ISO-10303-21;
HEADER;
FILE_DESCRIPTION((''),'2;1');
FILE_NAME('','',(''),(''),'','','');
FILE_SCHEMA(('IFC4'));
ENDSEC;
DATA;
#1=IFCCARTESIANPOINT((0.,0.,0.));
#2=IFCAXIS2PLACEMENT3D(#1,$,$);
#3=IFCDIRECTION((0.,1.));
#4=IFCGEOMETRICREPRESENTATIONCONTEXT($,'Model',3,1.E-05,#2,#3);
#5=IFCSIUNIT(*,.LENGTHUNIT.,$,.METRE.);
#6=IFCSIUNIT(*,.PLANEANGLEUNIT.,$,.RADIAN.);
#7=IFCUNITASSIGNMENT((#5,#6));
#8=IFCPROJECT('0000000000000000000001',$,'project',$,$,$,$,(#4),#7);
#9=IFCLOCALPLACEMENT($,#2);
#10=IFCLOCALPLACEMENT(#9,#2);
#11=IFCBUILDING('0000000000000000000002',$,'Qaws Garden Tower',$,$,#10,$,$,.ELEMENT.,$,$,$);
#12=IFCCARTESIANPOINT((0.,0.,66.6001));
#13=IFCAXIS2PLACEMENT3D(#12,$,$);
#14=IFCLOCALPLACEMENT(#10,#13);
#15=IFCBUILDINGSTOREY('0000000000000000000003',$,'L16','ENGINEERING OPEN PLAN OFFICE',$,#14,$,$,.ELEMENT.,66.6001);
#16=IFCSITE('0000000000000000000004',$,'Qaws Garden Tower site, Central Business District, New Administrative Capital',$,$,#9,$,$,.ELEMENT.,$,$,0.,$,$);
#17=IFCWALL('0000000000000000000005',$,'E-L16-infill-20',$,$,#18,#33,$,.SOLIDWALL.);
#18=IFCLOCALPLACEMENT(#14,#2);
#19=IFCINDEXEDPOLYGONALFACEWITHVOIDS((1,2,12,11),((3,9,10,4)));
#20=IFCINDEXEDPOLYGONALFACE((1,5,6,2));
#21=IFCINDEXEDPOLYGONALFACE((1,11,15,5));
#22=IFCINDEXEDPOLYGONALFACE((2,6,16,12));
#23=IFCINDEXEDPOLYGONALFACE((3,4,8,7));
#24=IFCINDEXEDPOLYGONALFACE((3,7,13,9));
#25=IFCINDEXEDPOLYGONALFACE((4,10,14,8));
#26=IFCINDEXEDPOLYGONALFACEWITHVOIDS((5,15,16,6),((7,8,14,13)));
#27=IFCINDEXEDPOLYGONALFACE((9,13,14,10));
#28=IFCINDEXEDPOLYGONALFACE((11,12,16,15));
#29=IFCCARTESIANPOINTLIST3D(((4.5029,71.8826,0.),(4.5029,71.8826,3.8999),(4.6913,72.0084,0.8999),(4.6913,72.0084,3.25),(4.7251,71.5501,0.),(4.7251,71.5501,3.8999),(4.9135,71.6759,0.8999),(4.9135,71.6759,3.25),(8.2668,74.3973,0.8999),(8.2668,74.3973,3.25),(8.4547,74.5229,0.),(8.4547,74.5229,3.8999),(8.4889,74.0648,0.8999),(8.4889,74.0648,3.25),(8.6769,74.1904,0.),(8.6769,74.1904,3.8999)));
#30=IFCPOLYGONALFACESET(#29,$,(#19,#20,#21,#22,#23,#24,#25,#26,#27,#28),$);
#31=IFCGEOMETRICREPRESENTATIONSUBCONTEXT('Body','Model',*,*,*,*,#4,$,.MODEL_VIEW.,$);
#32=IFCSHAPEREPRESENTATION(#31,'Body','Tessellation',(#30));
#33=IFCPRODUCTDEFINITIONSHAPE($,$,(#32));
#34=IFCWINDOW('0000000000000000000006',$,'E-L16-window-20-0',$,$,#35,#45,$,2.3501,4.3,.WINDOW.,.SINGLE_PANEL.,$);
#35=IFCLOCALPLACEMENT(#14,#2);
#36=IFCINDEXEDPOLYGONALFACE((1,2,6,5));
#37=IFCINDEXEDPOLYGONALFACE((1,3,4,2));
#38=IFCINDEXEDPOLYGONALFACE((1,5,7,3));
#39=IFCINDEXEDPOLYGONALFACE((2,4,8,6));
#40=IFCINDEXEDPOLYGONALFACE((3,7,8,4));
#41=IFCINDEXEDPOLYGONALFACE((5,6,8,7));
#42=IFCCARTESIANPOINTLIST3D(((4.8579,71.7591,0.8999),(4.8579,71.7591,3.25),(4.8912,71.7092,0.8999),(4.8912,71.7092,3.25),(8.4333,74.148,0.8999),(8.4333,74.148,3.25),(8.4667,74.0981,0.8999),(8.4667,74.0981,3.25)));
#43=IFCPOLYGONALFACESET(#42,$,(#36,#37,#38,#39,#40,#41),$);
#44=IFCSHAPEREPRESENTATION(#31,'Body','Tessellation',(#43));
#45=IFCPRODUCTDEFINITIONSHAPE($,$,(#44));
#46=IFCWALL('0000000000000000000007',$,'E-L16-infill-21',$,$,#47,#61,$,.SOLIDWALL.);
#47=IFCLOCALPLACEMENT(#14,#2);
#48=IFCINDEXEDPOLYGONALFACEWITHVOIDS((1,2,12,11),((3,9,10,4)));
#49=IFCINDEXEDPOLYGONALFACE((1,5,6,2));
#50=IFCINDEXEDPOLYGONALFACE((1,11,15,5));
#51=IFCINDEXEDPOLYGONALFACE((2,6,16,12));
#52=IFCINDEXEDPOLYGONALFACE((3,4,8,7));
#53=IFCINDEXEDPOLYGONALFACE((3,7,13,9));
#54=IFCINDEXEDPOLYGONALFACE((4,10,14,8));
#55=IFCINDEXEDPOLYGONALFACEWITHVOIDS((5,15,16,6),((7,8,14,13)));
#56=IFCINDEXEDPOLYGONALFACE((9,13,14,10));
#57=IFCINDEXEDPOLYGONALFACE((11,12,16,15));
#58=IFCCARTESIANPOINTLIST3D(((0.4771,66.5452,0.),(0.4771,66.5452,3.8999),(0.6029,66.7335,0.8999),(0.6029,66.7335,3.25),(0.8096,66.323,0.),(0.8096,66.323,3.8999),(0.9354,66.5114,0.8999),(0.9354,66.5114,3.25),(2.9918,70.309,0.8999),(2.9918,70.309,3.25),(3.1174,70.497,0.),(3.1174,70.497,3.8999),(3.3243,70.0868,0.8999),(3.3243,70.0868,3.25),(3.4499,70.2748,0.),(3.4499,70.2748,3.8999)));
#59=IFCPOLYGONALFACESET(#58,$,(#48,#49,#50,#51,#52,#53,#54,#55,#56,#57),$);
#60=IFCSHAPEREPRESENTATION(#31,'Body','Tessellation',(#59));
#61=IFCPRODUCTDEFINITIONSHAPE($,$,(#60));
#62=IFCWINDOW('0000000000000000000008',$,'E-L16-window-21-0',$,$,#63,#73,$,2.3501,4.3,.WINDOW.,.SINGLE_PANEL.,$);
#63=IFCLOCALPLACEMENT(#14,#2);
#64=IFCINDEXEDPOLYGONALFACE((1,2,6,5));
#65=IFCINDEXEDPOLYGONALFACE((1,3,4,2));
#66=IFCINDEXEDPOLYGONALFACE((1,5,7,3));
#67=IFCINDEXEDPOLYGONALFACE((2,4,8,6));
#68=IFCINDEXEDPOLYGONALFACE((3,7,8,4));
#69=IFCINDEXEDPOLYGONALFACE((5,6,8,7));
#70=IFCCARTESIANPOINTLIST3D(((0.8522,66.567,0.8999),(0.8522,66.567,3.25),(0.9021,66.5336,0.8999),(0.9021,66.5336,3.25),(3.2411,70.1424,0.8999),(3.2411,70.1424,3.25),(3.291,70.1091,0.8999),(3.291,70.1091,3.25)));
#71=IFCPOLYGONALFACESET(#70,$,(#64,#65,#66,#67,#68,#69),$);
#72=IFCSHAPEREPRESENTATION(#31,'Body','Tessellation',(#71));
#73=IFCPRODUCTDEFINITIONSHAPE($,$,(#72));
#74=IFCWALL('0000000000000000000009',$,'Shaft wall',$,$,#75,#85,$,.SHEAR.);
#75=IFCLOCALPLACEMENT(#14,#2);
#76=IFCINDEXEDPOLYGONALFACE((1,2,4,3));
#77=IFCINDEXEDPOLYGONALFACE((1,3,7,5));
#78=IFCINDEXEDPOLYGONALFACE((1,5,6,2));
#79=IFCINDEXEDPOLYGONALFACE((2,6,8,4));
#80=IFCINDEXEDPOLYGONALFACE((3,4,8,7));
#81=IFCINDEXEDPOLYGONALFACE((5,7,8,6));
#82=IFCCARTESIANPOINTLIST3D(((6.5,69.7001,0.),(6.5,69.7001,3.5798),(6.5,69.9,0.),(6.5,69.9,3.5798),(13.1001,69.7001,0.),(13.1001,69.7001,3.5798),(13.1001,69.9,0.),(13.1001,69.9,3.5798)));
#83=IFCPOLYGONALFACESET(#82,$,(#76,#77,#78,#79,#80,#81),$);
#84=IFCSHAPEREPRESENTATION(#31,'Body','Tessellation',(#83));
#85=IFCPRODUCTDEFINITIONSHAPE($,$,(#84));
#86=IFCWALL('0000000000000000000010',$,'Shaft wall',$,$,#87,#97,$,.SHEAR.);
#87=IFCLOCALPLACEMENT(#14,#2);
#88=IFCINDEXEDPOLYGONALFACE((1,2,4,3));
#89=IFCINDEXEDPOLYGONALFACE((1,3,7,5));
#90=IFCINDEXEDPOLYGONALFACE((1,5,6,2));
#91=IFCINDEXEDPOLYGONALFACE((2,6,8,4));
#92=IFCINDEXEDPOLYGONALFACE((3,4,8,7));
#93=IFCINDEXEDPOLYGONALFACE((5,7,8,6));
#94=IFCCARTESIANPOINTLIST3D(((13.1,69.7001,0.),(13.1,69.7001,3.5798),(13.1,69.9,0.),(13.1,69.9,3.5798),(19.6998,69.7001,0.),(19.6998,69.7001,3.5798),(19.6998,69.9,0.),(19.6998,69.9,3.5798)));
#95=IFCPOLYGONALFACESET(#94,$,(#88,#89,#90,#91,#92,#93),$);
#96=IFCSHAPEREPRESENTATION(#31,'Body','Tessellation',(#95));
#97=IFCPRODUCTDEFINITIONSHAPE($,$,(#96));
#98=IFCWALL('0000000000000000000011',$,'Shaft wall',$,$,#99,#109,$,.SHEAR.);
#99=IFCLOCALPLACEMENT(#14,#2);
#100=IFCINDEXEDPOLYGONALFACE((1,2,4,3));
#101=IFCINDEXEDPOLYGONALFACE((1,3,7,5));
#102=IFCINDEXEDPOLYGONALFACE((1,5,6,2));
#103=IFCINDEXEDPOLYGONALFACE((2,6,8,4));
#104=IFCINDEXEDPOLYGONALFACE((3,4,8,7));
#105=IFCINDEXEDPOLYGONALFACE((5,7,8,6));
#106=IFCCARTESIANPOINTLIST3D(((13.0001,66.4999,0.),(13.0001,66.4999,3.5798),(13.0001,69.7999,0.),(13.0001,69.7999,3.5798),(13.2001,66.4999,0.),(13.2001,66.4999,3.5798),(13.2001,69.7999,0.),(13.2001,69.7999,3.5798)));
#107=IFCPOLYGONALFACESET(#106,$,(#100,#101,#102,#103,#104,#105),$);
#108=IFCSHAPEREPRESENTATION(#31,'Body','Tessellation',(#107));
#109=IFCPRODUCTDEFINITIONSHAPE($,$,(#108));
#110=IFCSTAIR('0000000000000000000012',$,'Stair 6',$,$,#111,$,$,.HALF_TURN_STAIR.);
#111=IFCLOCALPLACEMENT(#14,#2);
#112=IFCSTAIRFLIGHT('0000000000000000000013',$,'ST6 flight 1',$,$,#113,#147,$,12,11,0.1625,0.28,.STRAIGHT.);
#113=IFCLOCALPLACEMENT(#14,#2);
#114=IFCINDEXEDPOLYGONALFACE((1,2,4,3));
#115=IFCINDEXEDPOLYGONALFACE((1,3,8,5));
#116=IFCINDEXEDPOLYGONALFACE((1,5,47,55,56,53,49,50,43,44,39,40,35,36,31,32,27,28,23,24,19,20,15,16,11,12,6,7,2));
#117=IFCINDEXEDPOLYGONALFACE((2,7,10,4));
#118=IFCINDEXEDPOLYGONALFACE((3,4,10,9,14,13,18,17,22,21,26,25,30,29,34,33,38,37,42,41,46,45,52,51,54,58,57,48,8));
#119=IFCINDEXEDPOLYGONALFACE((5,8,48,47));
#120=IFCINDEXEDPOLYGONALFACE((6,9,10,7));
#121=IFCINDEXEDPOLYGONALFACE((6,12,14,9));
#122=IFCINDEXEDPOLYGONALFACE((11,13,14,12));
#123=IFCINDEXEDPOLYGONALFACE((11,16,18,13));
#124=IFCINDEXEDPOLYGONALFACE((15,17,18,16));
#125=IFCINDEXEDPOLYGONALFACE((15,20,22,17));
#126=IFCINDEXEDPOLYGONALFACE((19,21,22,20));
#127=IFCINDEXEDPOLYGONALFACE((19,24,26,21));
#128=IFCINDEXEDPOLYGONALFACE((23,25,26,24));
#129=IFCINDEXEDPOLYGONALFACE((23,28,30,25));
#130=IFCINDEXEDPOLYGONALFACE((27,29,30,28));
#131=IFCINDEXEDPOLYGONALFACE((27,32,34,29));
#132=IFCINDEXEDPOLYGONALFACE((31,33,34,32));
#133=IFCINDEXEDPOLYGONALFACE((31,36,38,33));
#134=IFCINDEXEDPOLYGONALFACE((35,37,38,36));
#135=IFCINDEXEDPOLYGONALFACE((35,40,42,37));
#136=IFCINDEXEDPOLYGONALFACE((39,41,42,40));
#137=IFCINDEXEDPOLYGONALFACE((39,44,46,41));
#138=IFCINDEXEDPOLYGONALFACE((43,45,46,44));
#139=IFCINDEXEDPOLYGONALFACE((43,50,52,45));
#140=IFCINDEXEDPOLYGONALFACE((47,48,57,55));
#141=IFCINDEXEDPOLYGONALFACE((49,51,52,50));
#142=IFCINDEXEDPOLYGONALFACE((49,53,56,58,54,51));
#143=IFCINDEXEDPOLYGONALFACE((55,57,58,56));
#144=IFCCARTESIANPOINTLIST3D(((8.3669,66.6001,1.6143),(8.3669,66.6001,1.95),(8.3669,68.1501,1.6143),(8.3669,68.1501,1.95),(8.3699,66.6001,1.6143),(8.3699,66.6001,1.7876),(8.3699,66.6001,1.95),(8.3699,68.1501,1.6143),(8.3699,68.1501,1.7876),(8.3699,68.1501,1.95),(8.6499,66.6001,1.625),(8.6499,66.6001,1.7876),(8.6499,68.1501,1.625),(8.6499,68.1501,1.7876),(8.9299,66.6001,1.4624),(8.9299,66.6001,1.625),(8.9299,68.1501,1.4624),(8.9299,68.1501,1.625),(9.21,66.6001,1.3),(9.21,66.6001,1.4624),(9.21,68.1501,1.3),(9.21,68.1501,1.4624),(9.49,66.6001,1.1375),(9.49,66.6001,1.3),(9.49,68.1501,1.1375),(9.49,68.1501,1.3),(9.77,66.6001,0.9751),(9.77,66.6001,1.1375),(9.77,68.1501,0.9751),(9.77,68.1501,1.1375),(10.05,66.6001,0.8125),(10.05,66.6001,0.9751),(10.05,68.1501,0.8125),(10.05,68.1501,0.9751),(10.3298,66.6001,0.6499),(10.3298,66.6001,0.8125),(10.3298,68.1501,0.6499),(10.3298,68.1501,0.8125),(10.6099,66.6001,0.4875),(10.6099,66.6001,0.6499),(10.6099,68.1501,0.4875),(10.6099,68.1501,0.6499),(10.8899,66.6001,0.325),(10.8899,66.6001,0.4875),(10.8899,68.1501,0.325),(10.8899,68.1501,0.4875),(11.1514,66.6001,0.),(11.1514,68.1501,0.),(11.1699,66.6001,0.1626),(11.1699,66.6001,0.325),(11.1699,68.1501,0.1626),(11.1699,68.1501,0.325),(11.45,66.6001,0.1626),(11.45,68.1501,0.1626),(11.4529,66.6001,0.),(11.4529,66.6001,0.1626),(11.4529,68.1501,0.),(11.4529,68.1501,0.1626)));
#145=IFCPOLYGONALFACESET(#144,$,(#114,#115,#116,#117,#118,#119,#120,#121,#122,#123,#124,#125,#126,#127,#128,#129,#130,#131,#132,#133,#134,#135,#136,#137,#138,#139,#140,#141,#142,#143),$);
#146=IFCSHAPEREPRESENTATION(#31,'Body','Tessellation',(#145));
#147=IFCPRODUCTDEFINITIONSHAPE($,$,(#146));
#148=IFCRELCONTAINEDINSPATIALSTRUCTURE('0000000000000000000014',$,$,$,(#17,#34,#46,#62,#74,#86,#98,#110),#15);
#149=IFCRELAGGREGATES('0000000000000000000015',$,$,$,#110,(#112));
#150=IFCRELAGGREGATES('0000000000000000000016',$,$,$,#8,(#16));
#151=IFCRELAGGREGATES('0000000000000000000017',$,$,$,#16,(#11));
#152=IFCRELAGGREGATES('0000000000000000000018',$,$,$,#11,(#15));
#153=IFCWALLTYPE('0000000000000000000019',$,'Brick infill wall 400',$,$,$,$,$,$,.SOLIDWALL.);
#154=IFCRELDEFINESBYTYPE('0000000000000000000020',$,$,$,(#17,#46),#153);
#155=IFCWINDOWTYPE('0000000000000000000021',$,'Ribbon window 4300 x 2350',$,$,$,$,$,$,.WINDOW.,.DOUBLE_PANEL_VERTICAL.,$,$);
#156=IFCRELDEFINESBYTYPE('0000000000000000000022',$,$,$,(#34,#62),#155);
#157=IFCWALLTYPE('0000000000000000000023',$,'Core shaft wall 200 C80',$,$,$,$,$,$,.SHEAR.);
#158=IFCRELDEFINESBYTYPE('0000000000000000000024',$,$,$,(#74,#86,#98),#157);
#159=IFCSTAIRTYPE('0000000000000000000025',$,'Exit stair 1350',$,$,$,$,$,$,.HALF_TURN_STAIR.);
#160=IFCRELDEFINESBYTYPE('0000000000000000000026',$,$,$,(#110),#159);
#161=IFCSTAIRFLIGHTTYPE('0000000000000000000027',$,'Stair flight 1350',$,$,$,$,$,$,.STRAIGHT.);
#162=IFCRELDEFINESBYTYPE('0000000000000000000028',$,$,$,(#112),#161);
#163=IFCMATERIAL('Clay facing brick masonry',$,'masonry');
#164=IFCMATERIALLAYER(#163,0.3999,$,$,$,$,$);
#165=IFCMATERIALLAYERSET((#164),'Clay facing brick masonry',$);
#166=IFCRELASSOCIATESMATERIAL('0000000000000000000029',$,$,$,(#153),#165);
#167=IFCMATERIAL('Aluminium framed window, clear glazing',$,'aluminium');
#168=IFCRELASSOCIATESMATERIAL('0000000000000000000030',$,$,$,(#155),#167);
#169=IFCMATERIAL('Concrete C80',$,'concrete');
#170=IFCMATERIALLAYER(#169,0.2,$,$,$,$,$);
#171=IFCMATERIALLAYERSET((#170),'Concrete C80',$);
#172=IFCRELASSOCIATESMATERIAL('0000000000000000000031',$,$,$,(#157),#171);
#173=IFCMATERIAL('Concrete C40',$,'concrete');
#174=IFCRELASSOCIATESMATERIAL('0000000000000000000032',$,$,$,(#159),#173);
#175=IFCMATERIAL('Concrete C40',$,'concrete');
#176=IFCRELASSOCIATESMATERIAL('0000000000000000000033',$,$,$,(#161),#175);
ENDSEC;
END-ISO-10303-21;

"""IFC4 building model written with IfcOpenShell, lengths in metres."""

from ifc_helpers import new_model, si_unit, direction, frame, frame_2d, origin, place, context, subcontext, project, spatial, polyline, rectangle, outline, extrude, material, layer, layer_set, type_object, element, fill, aggregate, save


model = new_model("IFC4")

# Units and contexts
model_context = context("Model", 3, precision=1e-05, world=origin(), true_north=direction((0.0, 1.0)))
body_context = subcontext(model_context, "Body", "Model", "MODEL_VIEW")
ifc_project = project(units=[si_unit("LENGTHUNIT", "METRE"), si_unit("PLANEANGLEUNIT", "RADIAN")], contexts=[model_context])

# Site, building, storey
site_placement = place(None, origin())
site = spatial("IfcSite", under=ifc_project, at=site_placement, Name="Qaws Garden Tower site, Central Business District, New Administrative Capital", CompositionType="ELEMENT", RefElevation=0.0)
building_placement = place(site_placement, origin())
building = spatial("IfcBuilding", under=site, at=building_placement, Name="Qaws Garden Tower", CompositionType="ELEMENT")
storey_placement = place(building_placement, frame((0.0, 0.0, 66.6001)))
storey = spatial("IfcBuildingStorey", under=building, at=storey_placement, Name="L16", Description="ENGINEERING OPEN PLAN OFFICE", CompositionType="ELEMENT", Elevation=66.6001)

# Walls, openings, windows
ifc_material_1 = material(Name="Clay facing brick masonry", Category="masonry")
ifc_layer_1 = layer(ifc_material_1, 0.3999)
ifc_layer_set_1 = layer_set([ifc_layer_1], Name="Clay facing brick masonry")
wall_type_1 = type_object("IfcWallType", Name="Brick infill wall 400", PredefinedType="SOLIDWALL", material=ifc_layer_set_1)
ifc_material_2 = material(Name="Aluminium framed window, clear glazing", Category="aluminium")
window_type = type_object("IfcWindowType", Name="Ribbon window 4300 x 2350", PartitioningType="DOUBLE_PANEL_VERTICAL", PredefinedType="WINDOW", material=ifc_material_2)
wall_1_placement = place(storey_placement, frame((8.5659, 74.3567, 0.0), z_axis=(0.0, 0.0, 1.0), x_axis=(-0.831489, -0.555542, 0.0)))
wall_1 = element("IfcWall", 1, at=wall_1_placement, inside=storey, type_object=wall_type_1, Name="E-L16-infill-20", PredefinedType="SOLIDWALL", context=body_context, shape_type="SweptSolid", body=[
    extrude(rectangle(XDim=4.7527, YDim=0.3999, at=frame_2d((2.3765, 0.0))), origin(), (0.0, 0.0, 1.0), 3.8999),
])
opening_1_placement = place(wall_1_placement, frame((0.2263, 0.0, 0.8999)))
opening_1 = element("IfcOpeningElement", 2, at=opening_1_placement, cuts=wall_1, PredefinedType="OPENING", context=body_context, shape_type="SweptSolid", body=[
    extrude(rectangle(XDim=4.3, YDim=2.3501, at=frame_2d((2.1499, 1.175))), frame((0.0, 0.21, 0.0), z_axis=(0.0, -1.0, 0.0), x_axis=(1.0, 0.0, 0.0)), (0.0, 0.0, 1.0), 0.4199),
])
window_1_placement = place(opening_1_placement, origin())
window_1 = element("IfcWindow", 3, at=window_1_placement, inside=storey, type_object=window_type, Name="E-L16-window-20-0", OverallHeight=2.3501, OverallWidth=4.3, PartitioningType="SINGLE_PANEL", PredefinedType="WINDOW", context=body_context, shape_type="SweptSolid", body=[
    extrude(rectangle(XDim=4.3, YDim=2.3501, at=frame_2d((2.1499, 1.175))), frame((0.0, 0.1599, 0.0), z_axis=(0.0, -1.0, 0.0), x_axis=(1.0, 0.0, 0.0)), (0.0, 0.0, 1.0), 0.0601),
])
fill(opening_1, window_1)
wall_2_placement = place(storey_placement, frame((3.2837, 70.386, 0.0), z_axis=(0.0, 0.0, 1.0), x_axis=(-0.555542, -0.831489, 0.0)))
wall_2 = element("IfcWall", 4, at=wall_2_placement, inside=storey, type_object=wall_type_1, Name="E-L16-infill-21", PredefinedType="SOLIDWALL", context=body_context, shape_type="SweptSolid", body=[
    extrude(rectangle(XDim=4.7527, YDim=0.3999, at=frame_2d((2.3765, 0.0))), origin(), (0.0, 0.0, 1.0), 3.8999),
])
opening_2_placement = place(wall_2_placement, frame((0.2263, 0.0, 0.8999)))
opening_2 = element("IfcOpeningElement", 5, at=opening_2_placement, cuts=wall_2, PredefinedType="OPENING", context=body_context, shape_type="SweptSolid", body=[
    extrude(rectangle(XDim=4.3, YDim=2.3501, at=frame_2d((2.1499, 1.175))), frame((0.0, 0.21, 0.0), z_axis=(0.0, -1.0, 0.0), x_axis=(1.0, 0.0, 0.0)), (0.0, 0.0, 1.0), 0.4199),
])
window_2_placement = place(opening_2_placement, origin())
window_2 = element("IfcWindow", 6, at=window_2_placement, inside=storey, type_object=window_type, Name="E-L16-window-21-0", OverallHeight=2.3501, OverallWidth=4.3, PartitioningType="SINGLE_PANEL", PredefinedType="WINDOW", context=body_context, shape_type="SweptSolid", body=[
    extrude(rectangle(XDim=4.3, YDim=2.3501, at=frame_2d((2.1499, 1.175))), frame((0.0, 0.1599, 0.0), z_axis=(0.0, -1.0, 0.0), x_axis=(1.0, 0.0, 0.0)), (0.0, 0.0, 1.0), 0.0601),
])
fill(opening_2, window_2)

# Walls
ifc_material_3 = material(Name="Concrete C80", Category="concrete")
ifc_layer_2 = layer(ifc_material_3, 0.2)
ifc_layer_set_2 = layer_set([ifc_layer_2], Name="Concrete C80")
wall_type_2 = type_object("IfcWallType", Name="Core shaft wall 200 C80", PredefinedType="SHEAR", material=ifc_layer_set_2)
wall_3_placement = place(storey_placement, frame((6.5, 69.8, 0.0), z_axis=(0.0, 0.0, 1.0), x_axis=(1.0, 0.0, 0.0)))
element("IfcWall", 7, at=wall_3_placement, inside=storey, type_object=wall_type_2, Name="Shaft wall", PredefinedType="SHEAR", context=body_context, shape_type="SweptSolid", body=[
    extrude(rectangle(XDim=6.6001, YDim=0.2, at=frame_2d((3.3, 0.0))), origin(), (0.0, 0.0, 1.0), 3.5798),
])
wall_4_placement = place(storey_placement, frame((13.1001, 69.8, 0.0), z_axis=(0.0, 0.0, 1.0), x_axis=(1.0, 0.0, 0.0)))
element("IfcWall", 8, at=wall_4_placement, inside=storey, type_object=wall_type_2, Name="Shaft wall", PredefinedType="SHEAR", context=body_context, shape_type="SweptSolid", body=[
    extrude(rectangle(XDim=6.5999, YDim=0.2, at=frame_2d((3.2998, 0.0))), origin(), (0.0, 0.0, 1.0), 3.5798),
])
wall_5_placement = place(storey_placement, frame((13.1001, 66.5, 0.0), z_axis=(0.0, 0.0, 1.0), x_axis=(0.0, 1.0, 0.0)))
element("IfcWall", 9, at=wall_5_placement, inside=storey, type_object=wall_type_2, Name="Shaft wall", PredefinedType="SHEAR", context=body_context, shape_type="SweptSolid", body=[
    extrude(rectangle(XDim=3.3, YDim=0.2, at=frame_2d((1.6499, 0.0))), origin(), (0.0, 0.0, 1.0), 3.5798),
])

# Stair, stair flight
ifc_material_4 = material(Name="Concrete C40", Category="concrete")
stair_type = type_object("IfcStairType", Name="Exit stair 1350", PredefinedType="HALF_TURN_STAIR", material=ifc_material_4)
placement = place(storey_placement, origin())
stair_1 = element("IfcStair", 10, at=placement, inside=storey, type_object=stair_type, Name="Stair 6", PredefinedType="HALF_TURN_STAIR")
ifc_material_5 = material(Name="Concrete C40", Category="concrete")
stair_flight_type = type_object("IfcStairFlightType", Name="Stair flight 1350", PredefinedType="STRAIGHT", material=ifc_material_5)
stair_flight_1_placement = place(storey_placement, frame((11.45, 67.375, 0.0), z_axis=(0.0, 0.0, 1.0), x_axis=(-1.0, 0.0, 0.0)))
stair_flight_1 = element("IfcStairFlight", 11, at=stair_flight_1_placement, type_object=stair_flight_type, Name="ST6 flight 1", NumberOfRisers=12, NumberOfTreads=11, PredefinedType="STRAIGHT", RiserHeight=0.1625, TreadLength=0.28, context=body_context, shape_type="SweptSolid", body=[
    extrude(outline(polyline([(-0.0029, 0.0), (-0.0029, 0.1626), (0.0, 0.1626), (0.28, 0.1626), (0.28, 0.325), (0.5601, 0.325), (0.5601, 0.4875), (0.8401, 0.4875), (0.8401, 0.6499), (1.1201, 0.6499), (1.1201, 0.8125), (1.3999, 0.8125), (1.3999, 0.9751), (1.6799, 0.9751), (1.6799, 1.1375), (1.96, 1.1375), (1.96, 1.3), (2.24, 1.3), (2.24, 1.4624), (2.52, 1.4624), (2.52, 1.625), (2.8, 1.625), (2.8, 1.7876), (3.0801, 1.7876), (3.0801, 1.95), (3.083, 1.95), (3.083, 1.6143), (3.0801, 1.6143), (0.2986, 0.0), (-0.0029, 0.0)])), frame((0.0, 0.7749, 0.0), z_axis=(0.0, -1.0, 0.0), x_axis=(1.0, 0.0, 0.0)), (0.0, 0.0, 1.0), 1.55),
])
aggregate(stair_1, [stair_flight_1])

save(model, "model.ifc")
